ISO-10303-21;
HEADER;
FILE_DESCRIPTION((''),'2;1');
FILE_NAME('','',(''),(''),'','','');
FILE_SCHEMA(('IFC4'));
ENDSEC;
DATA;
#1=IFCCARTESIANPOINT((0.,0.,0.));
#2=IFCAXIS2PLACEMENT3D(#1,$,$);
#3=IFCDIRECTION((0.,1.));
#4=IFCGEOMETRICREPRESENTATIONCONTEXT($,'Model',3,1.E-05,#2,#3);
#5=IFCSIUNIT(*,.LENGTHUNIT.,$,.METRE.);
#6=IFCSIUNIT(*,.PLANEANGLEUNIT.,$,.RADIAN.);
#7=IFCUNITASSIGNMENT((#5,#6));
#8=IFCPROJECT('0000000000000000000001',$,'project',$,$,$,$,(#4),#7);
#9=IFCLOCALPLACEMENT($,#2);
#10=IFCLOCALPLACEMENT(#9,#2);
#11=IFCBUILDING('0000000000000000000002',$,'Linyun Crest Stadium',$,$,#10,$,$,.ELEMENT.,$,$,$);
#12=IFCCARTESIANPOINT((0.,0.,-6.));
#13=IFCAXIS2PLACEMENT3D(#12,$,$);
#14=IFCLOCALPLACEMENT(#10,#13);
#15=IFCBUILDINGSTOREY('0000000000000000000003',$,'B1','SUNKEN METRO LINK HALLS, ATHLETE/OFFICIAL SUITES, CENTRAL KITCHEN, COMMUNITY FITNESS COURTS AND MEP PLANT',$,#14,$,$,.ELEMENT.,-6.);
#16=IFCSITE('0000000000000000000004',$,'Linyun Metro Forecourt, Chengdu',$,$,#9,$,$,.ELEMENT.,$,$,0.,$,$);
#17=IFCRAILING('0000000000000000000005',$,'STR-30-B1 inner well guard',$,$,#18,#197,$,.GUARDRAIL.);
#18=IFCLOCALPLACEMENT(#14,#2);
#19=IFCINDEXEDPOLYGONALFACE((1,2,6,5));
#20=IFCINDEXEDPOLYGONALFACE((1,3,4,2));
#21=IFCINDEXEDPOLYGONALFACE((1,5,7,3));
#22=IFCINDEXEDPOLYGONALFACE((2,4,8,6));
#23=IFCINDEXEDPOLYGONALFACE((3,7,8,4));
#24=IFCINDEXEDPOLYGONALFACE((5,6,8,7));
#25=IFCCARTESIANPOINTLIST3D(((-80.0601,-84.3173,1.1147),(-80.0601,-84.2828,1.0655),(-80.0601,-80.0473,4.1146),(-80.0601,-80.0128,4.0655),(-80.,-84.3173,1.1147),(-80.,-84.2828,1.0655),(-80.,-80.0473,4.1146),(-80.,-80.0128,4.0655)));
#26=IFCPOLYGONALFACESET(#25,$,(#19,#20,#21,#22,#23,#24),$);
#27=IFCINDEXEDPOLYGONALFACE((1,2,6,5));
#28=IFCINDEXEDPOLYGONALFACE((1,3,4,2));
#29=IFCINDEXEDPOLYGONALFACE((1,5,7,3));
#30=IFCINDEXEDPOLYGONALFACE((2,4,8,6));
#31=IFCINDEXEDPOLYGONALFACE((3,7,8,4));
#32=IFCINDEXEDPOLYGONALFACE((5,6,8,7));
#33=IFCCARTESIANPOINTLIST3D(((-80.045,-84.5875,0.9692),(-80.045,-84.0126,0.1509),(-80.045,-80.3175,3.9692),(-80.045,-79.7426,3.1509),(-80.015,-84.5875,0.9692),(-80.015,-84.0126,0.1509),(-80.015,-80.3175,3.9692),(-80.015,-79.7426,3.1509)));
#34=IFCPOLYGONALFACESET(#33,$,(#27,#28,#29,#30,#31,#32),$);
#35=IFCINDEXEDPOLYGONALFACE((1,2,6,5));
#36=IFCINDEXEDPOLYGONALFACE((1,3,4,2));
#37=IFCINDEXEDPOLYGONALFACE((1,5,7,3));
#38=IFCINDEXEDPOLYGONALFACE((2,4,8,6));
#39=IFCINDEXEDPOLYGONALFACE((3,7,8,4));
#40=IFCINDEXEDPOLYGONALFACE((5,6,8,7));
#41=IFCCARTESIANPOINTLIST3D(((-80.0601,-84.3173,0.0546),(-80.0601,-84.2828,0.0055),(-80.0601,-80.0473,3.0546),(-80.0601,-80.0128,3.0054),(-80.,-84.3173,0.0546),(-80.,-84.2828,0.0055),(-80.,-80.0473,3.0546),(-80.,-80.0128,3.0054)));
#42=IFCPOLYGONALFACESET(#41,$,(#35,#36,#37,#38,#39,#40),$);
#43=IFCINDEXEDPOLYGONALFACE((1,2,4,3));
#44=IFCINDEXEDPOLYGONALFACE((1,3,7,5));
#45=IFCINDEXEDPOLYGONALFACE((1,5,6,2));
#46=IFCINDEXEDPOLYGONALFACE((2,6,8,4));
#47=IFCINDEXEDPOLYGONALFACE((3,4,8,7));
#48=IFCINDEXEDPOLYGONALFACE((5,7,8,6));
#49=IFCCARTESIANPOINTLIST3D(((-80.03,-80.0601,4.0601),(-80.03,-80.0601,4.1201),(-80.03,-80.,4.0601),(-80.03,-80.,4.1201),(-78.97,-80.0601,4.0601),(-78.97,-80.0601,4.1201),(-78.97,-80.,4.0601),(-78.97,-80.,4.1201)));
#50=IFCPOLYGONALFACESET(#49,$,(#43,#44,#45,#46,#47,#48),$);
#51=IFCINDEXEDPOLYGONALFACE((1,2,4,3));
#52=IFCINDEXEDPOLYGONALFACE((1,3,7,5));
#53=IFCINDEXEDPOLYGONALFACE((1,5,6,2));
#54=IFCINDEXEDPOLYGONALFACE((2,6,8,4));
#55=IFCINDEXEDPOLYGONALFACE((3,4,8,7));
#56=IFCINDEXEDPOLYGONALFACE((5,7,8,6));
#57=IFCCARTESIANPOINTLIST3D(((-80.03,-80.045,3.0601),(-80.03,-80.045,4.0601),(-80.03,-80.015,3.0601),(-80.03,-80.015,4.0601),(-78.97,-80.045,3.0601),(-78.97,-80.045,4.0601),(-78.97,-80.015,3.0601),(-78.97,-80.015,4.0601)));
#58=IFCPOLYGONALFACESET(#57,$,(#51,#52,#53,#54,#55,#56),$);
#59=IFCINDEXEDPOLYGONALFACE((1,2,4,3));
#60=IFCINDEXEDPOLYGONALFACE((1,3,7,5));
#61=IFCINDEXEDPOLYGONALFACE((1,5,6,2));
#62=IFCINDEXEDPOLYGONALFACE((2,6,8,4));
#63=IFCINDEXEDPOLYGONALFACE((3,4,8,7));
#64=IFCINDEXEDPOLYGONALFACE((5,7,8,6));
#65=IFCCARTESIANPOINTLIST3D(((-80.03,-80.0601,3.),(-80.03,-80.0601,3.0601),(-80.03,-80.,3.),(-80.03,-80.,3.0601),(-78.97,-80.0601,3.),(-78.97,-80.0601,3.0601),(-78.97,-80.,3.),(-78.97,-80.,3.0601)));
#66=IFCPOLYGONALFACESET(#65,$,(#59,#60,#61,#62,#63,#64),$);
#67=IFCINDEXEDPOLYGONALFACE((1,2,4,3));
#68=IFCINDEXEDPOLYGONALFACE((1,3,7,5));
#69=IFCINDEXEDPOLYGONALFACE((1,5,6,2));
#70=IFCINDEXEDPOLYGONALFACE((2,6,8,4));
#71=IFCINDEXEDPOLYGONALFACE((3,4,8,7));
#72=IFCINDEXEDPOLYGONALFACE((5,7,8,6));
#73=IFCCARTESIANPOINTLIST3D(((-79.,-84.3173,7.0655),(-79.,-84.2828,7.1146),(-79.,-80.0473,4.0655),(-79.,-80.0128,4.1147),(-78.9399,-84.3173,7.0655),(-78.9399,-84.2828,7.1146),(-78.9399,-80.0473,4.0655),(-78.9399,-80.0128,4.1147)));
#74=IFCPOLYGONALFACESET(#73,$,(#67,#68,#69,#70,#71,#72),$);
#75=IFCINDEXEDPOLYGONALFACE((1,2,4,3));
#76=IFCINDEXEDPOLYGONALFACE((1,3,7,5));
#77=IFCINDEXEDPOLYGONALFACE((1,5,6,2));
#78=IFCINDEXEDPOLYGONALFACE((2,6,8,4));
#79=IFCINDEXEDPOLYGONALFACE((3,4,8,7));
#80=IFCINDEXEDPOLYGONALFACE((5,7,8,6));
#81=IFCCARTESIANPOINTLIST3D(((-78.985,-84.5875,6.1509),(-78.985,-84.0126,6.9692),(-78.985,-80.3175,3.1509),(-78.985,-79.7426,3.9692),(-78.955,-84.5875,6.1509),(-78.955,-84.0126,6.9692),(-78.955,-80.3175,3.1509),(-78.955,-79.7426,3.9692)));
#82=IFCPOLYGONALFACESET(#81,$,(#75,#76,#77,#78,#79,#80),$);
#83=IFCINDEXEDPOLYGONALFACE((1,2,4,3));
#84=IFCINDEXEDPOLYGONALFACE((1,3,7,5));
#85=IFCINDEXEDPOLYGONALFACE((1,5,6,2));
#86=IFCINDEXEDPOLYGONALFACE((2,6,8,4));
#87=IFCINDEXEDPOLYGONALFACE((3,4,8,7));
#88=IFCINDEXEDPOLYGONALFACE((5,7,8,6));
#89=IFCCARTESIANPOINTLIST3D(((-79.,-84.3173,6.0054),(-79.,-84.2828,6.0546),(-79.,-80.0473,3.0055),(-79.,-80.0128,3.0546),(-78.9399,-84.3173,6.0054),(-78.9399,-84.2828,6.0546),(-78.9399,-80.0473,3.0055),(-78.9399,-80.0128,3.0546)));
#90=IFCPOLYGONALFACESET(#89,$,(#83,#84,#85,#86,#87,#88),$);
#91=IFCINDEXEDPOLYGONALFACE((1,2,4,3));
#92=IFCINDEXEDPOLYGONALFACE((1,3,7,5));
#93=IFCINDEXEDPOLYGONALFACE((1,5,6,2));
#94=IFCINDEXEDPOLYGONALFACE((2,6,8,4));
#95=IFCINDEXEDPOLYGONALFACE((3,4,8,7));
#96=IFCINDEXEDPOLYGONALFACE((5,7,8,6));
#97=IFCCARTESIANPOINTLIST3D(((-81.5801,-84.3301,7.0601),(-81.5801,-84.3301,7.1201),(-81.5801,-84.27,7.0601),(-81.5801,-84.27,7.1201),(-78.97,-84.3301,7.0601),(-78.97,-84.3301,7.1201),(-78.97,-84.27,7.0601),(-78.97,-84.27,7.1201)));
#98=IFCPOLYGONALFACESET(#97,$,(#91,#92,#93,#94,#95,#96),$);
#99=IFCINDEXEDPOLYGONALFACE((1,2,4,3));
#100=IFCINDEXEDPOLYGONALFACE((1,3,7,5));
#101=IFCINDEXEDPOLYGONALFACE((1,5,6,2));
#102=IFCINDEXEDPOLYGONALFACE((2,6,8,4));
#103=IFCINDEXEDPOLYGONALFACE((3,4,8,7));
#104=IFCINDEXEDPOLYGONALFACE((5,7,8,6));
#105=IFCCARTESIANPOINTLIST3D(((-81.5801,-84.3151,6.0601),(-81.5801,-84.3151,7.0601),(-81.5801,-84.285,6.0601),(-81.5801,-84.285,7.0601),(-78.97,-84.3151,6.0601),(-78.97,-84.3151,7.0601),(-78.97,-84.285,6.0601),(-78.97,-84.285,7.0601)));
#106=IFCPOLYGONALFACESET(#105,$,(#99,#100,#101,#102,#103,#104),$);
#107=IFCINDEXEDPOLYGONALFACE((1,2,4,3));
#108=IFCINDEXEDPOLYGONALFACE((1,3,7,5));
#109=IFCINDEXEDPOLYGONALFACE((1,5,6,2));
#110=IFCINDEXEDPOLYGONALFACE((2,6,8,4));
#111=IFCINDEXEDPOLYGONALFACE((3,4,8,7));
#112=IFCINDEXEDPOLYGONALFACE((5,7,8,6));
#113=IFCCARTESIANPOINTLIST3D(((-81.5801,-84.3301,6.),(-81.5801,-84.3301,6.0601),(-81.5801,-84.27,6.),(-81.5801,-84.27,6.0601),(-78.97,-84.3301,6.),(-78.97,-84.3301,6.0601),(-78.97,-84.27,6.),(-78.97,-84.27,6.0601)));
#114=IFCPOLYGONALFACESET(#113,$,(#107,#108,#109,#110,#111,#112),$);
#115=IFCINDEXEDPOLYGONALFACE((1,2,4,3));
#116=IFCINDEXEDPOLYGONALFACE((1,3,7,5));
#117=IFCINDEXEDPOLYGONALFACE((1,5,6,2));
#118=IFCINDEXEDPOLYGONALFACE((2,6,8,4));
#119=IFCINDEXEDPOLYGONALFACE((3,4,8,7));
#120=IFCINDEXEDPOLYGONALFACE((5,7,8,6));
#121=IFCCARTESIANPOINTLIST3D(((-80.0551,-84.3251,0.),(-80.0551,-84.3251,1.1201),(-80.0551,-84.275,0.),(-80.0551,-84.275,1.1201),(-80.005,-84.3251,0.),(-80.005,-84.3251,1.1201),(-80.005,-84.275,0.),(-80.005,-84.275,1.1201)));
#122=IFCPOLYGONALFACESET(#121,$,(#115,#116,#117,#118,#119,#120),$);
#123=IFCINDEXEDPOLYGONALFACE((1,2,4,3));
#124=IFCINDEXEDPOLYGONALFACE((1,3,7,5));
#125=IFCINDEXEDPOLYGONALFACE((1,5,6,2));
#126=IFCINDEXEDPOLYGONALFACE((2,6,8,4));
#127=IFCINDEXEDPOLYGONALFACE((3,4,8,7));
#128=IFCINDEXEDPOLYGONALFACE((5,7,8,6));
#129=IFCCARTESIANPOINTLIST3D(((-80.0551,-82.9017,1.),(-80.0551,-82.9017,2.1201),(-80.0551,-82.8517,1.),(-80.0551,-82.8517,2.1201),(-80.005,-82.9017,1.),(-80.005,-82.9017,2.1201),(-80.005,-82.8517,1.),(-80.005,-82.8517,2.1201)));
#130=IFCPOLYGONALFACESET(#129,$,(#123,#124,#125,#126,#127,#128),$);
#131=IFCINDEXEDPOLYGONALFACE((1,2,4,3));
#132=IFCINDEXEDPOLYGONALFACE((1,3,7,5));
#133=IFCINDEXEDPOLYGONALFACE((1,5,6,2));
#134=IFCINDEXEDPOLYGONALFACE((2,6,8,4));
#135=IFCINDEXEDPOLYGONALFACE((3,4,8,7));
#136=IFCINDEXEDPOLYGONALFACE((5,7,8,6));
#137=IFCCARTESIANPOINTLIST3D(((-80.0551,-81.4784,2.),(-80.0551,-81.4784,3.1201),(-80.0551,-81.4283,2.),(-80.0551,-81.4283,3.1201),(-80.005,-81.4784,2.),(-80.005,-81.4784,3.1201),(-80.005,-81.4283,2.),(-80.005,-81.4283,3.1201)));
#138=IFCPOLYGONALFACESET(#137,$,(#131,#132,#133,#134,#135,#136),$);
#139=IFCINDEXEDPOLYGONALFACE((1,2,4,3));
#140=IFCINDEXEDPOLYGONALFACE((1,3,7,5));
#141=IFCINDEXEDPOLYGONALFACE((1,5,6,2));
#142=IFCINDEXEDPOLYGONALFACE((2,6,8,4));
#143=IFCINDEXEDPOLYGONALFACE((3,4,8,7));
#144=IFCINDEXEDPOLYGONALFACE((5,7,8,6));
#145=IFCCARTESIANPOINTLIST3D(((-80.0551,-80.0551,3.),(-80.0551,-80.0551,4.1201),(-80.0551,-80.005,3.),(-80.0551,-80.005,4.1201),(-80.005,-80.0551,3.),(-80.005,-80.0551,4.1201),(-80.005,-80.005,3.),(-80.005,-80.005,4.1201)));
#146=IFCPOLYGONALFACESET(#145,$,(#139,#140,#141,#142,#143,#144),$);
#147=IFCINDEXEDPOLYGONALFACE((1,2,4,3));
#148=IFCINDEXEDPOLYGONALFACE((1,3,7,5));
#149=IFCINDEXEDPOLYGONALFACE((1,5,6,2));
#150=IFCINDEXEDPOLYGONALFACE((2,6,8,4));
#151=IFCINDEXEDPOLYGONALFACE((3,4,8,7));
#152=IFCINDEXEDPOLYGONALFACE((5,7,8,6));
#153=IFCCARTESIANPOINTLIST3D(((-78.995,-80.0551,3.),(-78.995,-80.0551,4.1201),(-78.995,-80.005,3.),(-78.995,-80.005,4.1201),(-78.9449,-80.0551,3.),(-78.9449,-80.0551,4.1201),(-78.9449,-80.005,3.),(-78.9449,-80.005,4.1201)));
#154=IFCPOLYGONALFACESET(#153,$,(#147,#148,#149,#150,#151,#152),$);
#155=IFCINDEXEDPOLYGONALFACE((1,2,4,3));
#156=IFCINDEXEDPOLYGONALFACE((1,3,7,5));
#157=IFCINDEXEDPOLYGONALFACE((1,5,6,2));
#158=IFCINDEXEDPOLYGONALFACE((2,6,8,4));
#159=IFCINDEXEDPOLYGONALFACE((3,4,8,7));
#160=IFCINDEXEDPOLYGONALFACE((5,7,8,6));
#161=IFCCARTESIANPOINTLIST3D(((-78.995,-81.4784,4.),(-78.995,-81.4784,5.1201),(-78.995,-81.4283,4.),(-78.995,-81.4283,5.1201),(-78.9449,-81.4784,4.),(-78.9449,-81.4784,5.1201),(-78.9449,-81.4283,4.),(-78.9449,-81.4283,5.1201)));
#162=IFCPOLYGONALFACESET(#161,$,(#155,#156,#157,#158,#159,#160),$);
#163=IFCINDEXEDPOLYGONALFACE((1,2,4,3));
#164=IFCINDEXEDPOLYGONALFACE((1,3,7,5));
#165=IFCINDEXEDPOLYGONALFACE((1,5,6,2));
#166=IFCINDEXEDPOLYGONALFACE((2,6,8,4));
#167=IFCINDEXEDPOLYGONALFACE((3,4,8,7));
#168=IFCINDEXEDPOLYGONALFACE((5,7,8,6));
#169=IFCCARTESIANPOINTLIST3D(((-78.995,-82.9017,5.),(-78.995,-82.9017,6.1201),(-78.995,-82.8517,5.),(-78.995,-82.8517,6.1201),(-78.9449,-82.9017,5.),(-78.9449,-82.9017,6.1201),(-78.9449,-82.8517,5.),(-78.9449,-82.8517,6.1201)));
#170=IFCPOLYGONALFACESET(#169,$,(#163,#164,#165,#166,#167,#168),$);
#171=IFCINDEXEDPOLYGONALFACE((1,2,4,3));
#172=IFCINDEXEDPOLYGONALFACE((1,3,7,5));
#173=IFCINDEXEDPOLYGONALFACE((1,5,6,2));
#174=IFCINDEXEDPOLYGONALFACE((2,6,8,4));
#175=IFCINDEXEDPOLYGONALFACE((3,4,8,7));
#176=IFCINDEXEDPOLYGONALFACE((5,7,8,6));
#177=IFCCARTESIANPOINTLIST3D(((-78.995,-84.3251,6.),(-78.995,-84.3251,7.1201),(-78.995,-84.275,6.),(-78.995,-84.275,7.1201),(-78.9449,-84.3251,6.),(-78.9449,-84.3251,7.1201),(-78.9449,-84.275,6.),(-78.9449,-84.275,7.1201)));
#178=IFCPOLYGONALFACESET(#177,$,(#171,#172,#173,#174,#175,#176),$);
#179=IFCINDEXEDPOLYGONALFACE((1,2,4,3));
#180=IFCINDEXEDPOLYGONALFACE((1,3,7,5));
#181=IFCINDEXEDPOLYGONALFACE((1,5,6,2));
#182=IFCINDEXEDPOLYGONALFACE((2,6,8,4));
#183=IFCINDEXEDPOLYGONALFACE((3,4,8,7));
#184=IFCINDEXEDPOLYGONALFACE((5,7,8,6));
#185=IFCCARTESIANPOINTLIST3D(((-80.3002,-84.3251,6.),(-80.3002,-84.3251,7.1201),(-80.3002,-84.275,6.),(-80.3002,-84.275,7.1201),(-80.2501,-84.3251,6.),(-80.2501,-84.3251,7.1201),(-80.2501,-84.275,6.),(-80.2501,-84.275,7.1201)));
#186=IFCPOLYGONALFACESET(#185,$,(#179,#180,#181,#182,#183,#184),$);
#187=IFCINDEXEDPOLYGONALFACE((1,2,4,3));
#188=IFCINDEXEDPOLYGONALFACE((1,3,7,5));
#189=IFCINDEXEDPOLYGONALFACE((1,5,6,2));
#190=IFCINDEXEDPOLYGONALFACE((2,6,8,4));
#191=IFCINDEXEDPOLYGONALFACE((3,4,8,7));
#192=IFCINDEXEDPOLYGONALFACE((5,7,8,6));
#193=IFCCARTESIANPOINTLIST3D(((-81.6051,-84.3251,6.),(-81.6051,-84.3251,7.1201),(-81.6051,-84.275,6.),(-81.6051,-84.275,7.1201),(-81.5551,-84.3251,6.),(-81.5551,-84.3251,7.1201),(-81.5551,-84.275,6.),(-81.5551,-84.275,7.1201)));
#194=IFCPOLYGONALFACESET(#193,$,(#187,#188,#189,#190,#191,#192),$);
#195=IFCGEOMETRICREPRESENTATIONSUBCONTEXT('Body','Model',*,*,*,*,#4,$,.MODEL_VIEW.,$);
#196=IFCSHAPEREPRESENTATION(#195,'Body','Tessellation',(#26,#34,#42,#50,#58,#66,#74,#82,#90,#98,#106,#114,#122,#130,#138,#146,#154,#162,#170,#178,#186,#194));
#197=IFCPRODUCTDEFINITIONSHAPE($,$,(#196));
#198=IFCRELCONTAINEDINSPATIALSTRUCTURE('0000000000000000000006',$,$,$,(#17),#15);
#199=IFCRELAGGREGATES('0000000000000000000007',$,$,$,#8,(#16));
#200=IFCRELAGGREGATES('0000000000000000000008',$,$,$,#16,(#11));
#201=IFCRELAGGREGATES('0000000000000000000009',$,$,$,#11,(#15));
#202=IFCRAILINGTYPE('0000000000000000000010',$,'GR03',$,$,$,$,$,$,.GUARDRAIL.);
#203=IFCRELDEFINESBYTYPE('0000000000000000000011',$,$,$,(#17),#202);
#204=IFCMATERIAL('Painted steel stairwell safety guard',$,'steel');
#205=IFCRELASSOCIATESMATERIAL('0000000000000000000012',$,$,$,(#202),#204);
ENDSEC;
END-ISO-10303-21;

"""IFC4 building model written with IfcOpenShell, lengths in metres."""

from ifc_helpers import new_model, si_unit, direction, frame, origin, origin_2d, place, context, subcontext, project, spatial, rectangle, extrude, material, type_object, element, save


model = new_model("IFC4")

# Units and contexts
model_context = context("Model", 3, precision=1e-05, world=origin(), true_north=direction((0.0, 1.0)))
body_context = subcontext(model_context, "Body", "Model", "MODEL_VIEW")
ifc_project = project(units=[si_unit("LENGTHUNIT", "METRE"), si_unit("PLANEANGLEUNIT", "RADIAN")], contexts=[model_context])

# Site, building, storey
site_placement = place(None, origin())
site = spatial("IfcSite", under=ifc_project, at=site_placement, Name="Linyun Metro Forecourt, Chengdu", CompositionType="ELEMENT", RefElevation=0.0)
building_placement = place(site_placement, origin())
building = spatial("IfcBuilding", under=site, at=building_placement, Name="Linyun Crest Stadium", CompositionType="ELEMENT")
storey_placement = place(building_placement, frame((0.0, 0.0, -6.0)))
storey = spatial("IfcBuildingStorey", under=building, at=storey_placement, Name="B1", Description="SUNKEN METRO LINK HALLS, ATHLETE/OFFICIAL SUITES, CENTRAL KITCHEN, COMMUNITY FITNESS COURTS AND MEP PLANT", CompositionType="ELEMENT", Elevation=-6.0)

# Railing
ifc_material_1 = material(Name="Painted steel stairwell safety guard", Category="steel")
railing_type_1 = type_object("IfcRailingType", Name="GR03", PredefinedType="GUARDRAIL", material=ifc_material_1)
railing_1_placement = place(storey_placement, frame((-80.03, -84.3, 0.0)))
element("IfcRailing", 1, at=railing_1_placement, inside=storey, type_object=railing_type_1, Name="STR-30-B1 inner well guard", PredefinedType="GUARDRAIL", context=body_context, shape_type="SweptSolid", body=[
    extrude(rectangle(XDim=0.0601, YDim=0.0601, at=origin_2d()), frame((0.0, 0.0, 1.0901), z_axis=(0.0, 0.818242, 0.574874), x_axis=(-1.0, 0.0, 0.0)), (0.0, 0.0, 1.0), 5.2185),
    extrude(rectangle(XDim=0.03, YDim=1.0, at=origin_2d()), frame((0.0, 0.0, 0.5601), z_axis=(0.0, 0.818242, 0.574874), x_axis=(-1.0, 0.0, 0.0)), (0.0, 0.0, 1.0), 5.2185),
    extrude(rectangle(XDim=0.0601, YDim=0.0601, at=origin_2d()), frame((0.0, 0.0, 0.03), z_axis=(0.0, 0.818242, 0.574874), x_axis=(-1.0, 0.0, 0.0)), (0.0, 0.0, 1.0), 5.2185),
    extrude(rectangle(XDim=0.0601, YDim=0.0601, at=origin_2d()), frame((0.0, 4.27, 4.0901), z_axis=(1.0, 0.0, 0.0), x_axis=(0.0, 1.0, 0.0)), (0.0, 0.0, 1.0), 1.0601),
    extrude(rectangle(XDim=0.03, YDim=1.0, at=origin_2d()), frame((0.0, 4.27, 3.5601), z_axis=(1.0, 0.0, 0.0), x_axis=(0.0, 1.0, 0.0)), (0.0, 0.0, 1.0), 1.0601),
    extrude(rectangle(XDim=0.0601, YDim=0.0601, at=origin_2d()), frame((0.0, 4.27, 3.03), z_axis=(1.0, 0.0, 0.0), x_axis=(0.0, 1.0, 0.0)), (0.0, 0.0, 1.0), 1.0601),
    extrude(rectangle(XDim=0.0601, YDim=0.0601, at=origin_2d()), frame((1.0601, 4.27, 4.0901), z_axis=(0.0, -0.818242, 0.574874), x_axis=(1.0, 0.0, 0.0)), (0.0, 0.0, 1.0), 5.2185),
    extrude(rectangle(XDim=0.03, YDim=1.0, at=origin_2d()), frame((1.0601, 4.27, 3.5601), z_axis=(0.0, -0.818242, 0.574874), x_axis=(1.0, 0.0, 0.0)), (0.0, 0.0, 1.0), 5.2185),
    extrude(rectangle(XDim=0.0601, YDim=0.0601, at=origin_2d()), frame((1.0601, 4.27, 3.03), z_axis=(0.0, -0.818242, 0.574874), x_axis=(1.0, 0.0, 0.0)), (0.0, 0.0, 1.0), 5.2185),
    extrude(rectangle(XDim=0.0601, YDim=0.0601, at=origin_2d()), frame((1.0601, 0.0, 7.0901), z_axis=(-1.0, 0.0, 0.0), x_axis=(0.0, -1.0, 0.0)), (0.0, 0.0, 1.0), 2.6101),
    extrude(rectangle(XDim=0.03, YDim=1.0, at=origin_2d()), frame((1.0601, 0.0, 6.5601), z_axis=(-1.0, 0.0, 0.0), x_axis=(0.0, -1.0, 0.0)), (0.0, 0.0, 1.0), 2.6101),
    extrude(rectangle(XDim=0.0601, YDim=0.0601, at=origin_2d()), frame((1.0601, 0.0, 6.03), z_axis=(-1.0, 0.0, 0.0), x_axis=(0.0, -1.0, 0.0)), (0.0, 0.0, 1.0), 2.6101),
    extrude(rectangle(XDim=0.05, YDim=0.05, at=origin_2d()), origin(), (0.0, 0.0, 1.0), 1.1201),
    extrude(rectangle(XDim=0.05, YDim=0.05, at=origin_2d()), frame((0.0, 1.4233, 1.0)), (0.0, 0.0, 1.0), 1.1201),
    extrude(rectangle(XDim=0.05, YDim=0.05, at=origin_2d()), frame((0.0, 2.8467, 2.0)), (0.0, 0.0, 1.0), 1.1201),
    extrude(rectangle(XDim=0.05, YDim=0.05, at=origin_2d()), frame((0.0, 4.27, 3.0)), (0.0, 0.0, 1.0), 1.1201),
    extrude(rectangle(XDim=0.05, YDim=0.05, at=origin_2d()), frame((1.0601, 4.27, 3.0)), (0.0, 0.0, 1.0), 1.1201),
    extrude(rectangle(XDim=0.05, YDim=0.05, at=origin_2d()), frame((1.0601, 2.8467, 4.0)), (0.0, 0.0, 1.0), 1.1201),
    extrude(rectangle(XDim=0.05, YDim=0.05, at=origin_2d()), frame((1.0601, 1.4233, 5.0)), (0.0, 0.0, 1.0), 1.1201),
    extrude(rectangle(XDim=0.05, YDim=0.05, at=origin_2d()), frame((1.0601, 0.0, 6.0)), (0.0, 0.0, 1.0), 1.1201),
    extrude(rectangle(XDim=0.05, YDim=0.05, at=origin_2d()), frame((-0.2451, 0.0, 6.0)), (0.0, 0.0, 1.0), 1.1201),
    extrude(rectangle(XDim=0.05, YDim=0.05, at=origin_2d()), frame((-1.55, 0.0, 6.0)), (0.0, 0.0, 1.0), 1.1201),
])

save(model, "model.ifc")
